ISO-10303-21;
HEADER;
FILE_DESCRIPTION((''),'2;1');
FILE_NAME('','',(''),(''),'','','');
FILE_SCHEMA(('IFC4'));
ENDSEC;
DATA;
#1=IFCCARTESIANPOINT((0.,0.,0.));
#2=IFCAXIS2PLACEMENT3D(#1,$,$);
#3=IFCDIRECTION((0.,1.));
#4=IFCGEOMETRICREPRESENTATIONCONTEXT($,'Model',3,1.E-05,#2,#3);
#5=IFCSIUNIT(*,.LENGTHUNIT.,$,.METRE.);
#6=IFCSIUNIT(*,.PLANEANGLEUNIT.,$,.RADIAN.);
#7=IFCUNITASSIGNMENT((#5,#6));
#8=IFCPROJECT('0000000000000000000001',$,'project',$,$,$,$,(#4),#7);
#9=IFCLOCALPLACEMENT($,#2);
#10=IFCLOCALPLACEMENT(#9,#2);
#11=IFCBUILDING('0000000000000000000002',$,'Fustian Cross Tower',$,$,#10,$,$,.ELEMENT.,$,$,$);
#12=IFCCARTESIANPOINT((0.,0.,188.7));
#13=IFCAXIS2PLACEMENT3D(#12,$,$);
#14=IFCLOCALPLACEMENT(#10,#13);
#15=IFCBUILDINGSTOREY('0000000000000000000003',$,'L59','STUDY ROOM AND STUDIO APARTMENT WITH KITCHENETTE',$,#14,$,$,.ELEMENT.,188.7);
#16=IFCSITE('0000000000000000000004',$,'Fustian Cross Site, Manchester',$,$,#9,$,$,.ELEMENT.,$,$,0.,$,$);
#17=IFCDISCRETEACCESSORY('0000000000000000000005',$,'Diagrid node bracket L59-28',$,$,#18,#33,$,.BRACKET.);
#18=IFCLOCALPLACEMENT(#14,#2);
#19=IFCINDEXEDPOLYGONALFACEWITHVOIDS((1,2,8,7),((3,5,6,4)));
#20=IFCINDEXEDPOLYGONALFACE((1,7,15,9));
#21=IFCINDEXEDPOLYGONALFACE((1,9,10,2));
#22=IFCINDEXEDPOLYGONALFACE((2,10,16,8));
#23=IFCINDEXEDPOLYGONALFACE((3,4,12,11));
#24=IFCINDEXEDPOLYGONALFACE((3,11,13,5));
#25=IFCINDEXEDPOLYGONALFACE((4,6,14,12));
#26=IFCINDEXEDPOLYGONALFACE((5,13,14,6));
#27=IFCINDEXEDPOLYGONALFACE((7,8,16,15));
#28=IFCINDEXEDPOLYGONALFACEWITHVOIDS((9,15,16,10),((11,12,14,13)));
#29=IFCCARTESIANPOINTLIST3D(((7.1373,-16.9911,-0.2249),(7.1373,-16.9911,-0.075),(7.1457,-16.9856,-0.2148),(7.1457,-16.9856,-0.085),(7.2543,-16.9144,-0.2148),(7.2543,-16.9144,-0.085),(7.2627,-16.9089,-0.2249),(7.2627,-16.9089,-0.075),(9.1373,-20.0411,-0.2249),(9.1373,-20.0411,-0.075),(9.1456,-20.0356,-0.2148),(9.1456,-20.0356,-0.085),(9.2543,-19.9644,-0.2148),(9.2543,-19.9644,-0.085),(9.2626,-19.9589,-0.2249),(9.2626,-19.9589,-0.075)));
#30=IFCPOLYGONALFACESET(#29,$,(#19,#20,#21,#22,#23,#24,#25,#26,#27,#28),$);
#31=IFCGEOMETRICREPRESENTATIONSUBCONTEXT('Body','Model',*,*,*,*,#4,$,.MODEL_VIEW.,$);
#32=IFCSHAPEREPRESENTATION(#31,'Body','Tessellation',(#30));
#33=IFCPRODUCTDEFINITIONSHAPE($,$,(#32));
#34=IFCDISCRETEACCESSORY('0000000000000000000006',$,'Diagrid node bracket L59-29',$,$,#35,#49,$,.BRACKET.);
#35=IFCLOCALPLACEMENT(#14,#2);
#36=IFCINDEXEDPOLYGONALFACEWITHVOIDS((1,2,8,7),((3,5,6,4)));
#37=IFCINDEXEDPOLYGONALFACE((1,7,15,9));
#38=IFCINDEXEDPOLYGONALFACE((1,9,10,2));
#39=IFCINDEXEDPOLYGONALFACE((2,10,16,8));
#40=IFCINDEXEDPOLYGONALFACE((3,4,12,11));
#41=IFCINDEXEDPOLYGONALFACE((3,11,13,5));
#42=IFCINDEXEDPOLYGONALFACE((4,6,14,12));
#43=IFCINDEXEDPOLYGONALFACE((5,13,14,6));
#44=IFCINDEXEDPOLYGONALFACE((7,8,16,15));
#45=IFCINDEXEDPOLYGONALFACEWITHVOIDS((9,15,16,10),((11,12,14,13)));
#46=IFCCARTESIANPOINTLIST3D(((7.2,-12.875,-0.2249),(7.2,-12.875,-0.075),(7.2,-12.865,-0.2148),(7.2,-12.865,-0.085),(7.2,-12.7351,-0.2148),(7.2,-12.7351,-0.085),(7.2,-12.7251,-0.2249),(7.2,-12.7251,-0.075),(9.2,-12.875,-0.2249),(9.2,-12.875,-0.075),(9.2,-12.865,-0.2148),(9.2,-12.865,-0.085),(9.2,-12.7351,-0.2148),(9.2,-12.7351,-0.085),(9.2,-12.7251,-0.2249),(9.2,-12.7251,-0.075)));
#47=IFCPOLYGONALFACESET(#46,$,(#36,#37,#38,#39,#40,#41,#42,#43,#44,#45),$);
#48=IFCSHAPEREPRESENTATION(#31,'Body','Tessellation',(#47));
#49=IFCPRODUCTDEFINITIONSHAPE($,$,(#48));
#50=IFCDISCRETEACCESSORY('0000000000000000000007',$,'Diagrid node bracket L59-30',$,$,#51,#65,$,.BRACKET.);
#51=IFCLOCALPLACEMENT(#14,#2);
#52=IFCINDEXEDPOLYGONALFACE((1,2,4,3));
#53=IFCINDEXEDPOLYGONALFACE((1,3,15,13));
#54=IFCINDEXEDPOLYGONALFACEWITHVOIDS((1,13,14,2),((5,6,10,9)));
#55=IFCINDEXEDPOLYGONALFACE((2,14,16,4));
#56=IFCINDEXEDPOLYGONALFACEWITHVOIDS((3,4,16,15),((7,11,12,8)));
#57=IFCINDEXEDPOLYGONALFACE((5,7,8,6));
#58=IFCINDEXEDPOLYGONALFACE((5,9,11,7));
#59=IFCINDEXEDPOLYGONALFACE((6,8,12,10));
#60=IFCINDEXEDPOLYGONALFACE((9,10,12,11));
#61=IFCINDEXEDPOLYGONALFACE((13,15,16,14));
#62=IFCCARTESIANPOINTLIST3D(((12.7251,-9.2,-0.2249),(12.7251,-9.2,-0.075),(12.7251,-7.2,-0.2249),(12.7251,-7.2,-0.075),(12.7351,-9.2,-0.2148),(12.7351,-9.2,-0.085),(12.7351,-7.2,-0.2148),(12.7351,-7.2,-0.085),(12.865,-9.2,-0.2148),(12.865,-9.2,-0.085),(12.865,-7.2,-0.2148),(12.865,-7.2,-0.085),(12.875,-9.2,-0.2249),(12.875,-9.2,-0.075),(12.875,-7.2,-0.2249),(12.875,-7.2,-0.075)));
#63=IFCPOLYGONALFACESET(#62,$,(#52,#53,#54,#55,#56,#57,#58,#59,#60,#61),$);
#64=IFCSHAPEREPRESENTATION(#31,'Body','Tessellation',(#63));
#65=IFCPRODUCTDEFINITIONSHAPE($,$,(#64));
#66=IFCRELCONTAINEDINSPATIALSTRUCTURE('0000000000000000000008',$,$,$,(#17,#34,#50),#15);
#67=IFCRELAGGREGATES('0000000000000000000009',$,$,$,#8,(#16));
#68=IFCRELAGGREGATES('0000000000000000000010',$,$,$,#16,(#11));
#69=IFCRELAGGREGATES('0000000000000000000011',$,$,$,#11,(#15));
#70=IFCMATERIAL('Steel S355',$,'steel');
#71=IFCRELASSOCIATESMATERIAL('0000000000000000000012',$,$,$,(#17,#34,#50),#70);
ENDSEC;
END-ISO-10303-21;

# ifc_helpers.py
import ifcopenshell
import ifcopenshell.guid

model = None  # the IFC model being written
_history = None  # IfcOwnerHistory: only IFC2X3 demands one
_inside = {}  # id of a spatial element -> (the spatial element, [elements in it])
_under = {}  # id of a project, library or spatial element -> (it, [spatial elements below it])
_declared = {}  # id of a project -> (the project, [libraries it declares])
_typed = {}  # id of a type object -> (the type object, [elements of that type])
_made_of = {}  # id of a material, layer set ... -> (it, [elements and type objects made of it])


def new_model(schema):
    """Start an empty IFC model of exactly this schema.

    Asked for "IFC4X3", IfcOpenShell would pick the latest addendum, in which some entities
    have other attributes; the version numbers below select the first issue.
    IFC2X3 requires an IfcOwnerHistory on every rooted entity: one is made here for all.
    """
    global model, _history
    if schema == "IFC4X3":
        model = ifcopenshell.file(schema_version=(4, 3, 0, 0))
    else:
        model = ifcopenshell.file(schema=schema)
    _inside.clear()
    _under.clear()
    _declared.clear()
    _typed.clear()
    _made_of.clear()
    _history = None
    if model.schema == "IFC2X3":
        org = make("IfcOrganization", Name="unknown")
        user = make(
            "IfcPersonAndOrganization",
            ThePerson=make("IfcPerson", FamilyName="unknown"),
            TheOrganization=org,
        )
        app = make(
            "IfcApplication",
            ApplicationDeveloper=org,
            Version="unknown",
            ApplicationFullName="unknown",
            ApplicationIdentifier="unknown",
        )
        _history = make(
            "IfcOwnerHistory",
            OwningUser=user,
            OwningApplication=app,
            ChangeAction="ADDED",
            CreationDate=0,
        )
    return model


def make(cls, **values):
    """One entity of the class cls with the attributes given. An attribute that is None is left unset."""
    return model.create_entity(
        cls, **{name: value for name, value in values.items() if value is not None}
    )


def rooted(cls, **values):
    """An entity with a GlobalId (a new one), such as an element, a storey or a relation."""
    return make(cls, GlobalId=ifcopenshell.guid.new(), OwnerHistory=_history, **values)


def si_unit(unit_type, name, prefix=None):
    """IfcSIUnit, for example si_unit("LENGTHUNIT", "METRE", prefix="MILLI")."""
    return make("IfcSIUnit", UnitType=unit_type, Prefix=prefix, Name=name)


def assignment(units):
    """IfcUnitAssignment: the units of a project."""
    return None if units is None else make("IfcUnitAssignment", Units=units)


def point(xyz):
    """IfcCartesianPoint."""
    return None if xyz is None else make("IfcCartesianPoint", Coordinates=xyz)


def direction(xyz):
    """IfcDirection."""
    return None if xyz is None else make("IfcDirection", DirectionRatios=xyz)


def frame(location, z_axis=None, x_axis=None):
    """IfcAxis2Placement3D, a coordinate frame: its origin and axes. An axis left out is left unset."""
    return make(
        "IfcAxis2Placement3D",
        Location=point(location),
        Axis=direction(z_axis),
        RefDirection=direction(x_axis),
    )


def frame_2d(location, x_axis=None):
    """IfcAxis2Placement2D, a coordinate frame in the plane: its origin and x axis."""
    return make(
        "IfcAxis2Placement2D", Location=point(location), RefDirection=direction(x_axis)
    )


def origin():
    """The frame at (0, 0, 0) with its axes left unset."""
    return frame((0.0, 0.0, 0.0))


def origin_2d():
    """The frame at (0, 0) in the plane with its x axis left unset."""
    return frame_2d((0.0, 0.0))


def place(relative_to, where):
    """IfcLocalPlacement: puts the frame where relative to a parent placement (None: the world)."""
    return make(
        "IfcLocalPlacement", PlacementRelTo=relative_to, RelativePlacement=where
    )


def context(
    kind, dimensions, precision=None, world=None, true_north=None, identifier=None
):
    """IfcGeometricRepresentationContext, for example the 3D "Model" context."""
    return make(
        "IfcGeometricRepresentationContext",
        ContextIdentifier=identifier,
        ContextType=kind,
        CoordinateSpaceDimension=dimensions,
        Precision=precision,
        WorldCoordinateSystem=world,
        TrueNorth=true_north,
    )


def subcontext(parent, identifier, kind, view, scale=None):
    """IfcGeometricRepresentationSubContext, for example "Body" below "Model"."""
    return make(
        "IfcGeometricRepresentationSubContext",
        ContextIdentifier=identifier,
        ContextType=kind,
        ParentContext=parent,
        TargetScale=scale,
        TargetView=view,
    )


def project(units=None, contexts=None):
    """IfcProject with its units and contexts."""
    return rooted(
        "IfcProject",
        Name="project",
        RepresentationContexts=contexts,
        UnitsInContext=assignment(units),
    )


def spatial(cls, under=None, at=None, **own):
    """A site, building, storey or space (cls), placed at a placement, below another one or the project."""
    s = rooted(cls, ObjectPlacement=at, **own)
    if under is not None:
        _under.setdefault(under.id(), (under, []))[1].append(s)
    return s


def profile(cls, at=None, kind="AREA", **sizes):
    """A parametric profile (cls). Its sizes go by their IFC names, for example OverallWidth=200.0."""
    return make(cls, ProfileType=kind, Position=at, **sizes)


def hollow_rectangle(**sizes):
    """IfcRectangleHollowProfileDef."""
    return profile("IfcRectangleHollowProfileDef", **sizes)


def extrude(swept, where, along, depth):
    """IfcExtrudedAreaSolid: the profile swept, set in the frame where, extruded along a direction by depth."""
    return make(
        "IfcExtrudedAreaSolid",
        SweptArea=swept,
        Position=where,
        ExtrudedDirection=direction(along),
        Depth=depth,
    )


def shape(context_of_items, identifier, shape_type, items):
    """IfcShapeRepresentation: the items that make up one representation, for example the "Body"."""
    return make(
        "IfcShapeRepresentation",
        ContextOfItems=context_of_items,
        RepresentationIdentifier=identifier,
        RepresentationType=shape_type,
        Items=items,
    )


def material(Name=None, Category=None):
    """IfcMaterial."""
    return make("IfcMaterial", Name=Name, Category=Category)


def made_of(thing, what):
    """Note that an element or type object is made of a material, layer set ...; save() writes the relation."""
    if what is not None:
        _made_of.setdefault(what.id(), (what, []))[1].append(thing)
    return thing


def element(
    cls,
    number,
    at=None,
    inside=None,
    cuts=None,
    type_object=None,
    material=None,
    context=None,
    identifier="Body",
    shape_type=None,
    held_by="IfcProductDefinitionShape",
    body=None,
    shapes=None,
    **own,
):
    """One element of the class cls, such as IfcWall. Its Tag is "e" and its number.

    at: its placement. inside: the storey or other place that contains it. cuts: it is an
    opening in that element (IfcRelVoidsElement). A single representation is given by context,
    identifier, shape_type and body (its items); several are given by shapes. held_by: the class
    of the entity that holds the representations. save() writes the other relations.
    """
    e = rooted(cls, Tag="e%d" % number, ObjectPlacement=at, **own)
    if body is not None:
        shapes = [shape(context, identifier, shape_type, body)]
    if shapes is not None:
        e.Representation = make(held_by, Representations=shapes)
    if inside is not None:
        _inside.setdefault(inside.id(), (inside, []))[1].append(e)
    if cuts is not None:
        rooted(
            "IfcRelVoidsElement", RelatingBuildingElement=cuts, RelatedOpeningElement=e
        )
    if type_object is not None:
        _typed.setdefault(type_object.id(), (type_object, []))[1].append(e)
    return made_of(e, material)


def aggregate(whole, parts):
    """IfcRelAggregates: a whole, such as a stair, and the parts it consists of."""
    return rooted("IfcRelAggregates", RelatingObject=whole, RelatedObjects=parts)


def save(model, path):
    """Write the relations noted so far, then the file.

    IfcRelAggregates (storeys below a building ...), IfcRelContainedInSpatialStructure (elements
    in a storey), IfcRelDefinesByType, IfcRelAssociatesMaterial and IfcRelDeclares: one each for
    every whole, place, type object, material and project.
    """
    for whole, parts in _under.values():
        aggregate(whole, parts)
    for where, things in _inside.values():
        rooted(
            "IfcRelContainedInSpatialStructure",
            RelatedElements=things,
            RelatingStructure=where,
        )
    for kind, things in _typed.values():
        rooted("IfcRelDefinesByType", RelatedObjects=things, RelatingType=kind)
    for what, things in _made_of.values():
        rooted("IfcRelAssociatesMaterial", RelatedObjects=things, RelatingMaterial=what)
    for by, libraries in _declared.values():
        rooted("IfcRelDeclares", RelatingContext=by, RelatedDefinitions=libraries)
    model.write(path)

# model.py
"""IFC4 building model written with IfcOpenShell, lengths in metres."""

from ifc_helpers import new_model, si_unit, direction, frame, origin, origin_2d, place, context, subcontext, project, spatial, hollow_rectangle, extrude, material, element, save


model = new_model("IFC4")

# Units and contexts
model_context = context("Model", 3, precision=1e-05, world=origin(), true_north=direction((0.0, 1.0)))
body_context = subcontext(model_context, "Body", "Model", "MODEL_VIEW")
ifc_project = project(units=[si_unit("LENGTHUNIT", "METRE"), si_unit("PLANEANGLEUNIT", "RADIAN")], contexts=[model_context])

# Site, building, storey
site_placement = place(None, origin())
site = spatial("IfcSite", under=ifc_project, at=site_placement, Name="Fustian Cross Site, Manchester", CompositionType="ELEMENT", RefElevation=0.0)
building_placement = place(site_placement, origin())
building = spatial("IfcBuilding", under=site, at=building_placement, Name="Fustian Cross Tower", CompositionType="ELEMENT")
storey_placement = place(building_placement, frame((0.0, 0.0, 188.7)))
storey = spatial("IfcBuildingStorey", under=building, at=storey_placement, Name="L59", Description="STUDY ROOM AND STUDIO APARTMENT WITH KITCHENETTE", CompositionType="ELEMENT", Elevation=188.7)

# Discrete accessories
ifc_material_1 = material(Name="Steel S355", Category="steel")
discrete_accessory_placement = place(storey_placement, frame((9.2, -20.0, -0.1499), z_axis=(-0.548351, 0.836248, 0.0), x_axis=(-0.836248, -0.548351, 0.0)))
element("IfcDiscreteAccessory", 1, at=discrete_accessory_placement, inside=storey, material=ifc_material_1, Name="Diagrid node bracket L59-28", PredefinedType="BRACKET", context=body_context, shape_type="SweptSolid", body=[
    extrude(hollow_rectangle(XDim=0.1499, YDim=0.1499, WallThickness=0.01, at=origin_2d()), origin(), (0.0, 0.0, 1.0), 3.6472),
])
for number, where, z_axis, x_axis, name in (
    (2, (9.2, -12.8, -0.1499), (-1.0, 0.0, 0.0), (0.0, -1.0, 0.0), "Diagrid node bracket L59-29"),
    (3, (12.8, -9.2, -0.1499), (0.0, 1.0, 0.0), (-1.0, 0.0, 0.0), "Diagrid node bracket L59-30"),
):
    element("IfcDiscreteAccessory", number, at=place(storey_placement, frame(where, z_axis=z_axis, x_axis=x_axis)), inside=storey, material=ifc_material_1, Name=name, PredefinedType="BRACKET", context=body_context, shape_type="SweptSolid", body=[
        extrude(hollow_rectangle(XDim=0.1499, YDim=0.1499, WallThickness=0.01, at=origin_2d()), origin(), (0.0, 0.0, 1.0), 2.0),
    ])

save(model, "model.ifc")
